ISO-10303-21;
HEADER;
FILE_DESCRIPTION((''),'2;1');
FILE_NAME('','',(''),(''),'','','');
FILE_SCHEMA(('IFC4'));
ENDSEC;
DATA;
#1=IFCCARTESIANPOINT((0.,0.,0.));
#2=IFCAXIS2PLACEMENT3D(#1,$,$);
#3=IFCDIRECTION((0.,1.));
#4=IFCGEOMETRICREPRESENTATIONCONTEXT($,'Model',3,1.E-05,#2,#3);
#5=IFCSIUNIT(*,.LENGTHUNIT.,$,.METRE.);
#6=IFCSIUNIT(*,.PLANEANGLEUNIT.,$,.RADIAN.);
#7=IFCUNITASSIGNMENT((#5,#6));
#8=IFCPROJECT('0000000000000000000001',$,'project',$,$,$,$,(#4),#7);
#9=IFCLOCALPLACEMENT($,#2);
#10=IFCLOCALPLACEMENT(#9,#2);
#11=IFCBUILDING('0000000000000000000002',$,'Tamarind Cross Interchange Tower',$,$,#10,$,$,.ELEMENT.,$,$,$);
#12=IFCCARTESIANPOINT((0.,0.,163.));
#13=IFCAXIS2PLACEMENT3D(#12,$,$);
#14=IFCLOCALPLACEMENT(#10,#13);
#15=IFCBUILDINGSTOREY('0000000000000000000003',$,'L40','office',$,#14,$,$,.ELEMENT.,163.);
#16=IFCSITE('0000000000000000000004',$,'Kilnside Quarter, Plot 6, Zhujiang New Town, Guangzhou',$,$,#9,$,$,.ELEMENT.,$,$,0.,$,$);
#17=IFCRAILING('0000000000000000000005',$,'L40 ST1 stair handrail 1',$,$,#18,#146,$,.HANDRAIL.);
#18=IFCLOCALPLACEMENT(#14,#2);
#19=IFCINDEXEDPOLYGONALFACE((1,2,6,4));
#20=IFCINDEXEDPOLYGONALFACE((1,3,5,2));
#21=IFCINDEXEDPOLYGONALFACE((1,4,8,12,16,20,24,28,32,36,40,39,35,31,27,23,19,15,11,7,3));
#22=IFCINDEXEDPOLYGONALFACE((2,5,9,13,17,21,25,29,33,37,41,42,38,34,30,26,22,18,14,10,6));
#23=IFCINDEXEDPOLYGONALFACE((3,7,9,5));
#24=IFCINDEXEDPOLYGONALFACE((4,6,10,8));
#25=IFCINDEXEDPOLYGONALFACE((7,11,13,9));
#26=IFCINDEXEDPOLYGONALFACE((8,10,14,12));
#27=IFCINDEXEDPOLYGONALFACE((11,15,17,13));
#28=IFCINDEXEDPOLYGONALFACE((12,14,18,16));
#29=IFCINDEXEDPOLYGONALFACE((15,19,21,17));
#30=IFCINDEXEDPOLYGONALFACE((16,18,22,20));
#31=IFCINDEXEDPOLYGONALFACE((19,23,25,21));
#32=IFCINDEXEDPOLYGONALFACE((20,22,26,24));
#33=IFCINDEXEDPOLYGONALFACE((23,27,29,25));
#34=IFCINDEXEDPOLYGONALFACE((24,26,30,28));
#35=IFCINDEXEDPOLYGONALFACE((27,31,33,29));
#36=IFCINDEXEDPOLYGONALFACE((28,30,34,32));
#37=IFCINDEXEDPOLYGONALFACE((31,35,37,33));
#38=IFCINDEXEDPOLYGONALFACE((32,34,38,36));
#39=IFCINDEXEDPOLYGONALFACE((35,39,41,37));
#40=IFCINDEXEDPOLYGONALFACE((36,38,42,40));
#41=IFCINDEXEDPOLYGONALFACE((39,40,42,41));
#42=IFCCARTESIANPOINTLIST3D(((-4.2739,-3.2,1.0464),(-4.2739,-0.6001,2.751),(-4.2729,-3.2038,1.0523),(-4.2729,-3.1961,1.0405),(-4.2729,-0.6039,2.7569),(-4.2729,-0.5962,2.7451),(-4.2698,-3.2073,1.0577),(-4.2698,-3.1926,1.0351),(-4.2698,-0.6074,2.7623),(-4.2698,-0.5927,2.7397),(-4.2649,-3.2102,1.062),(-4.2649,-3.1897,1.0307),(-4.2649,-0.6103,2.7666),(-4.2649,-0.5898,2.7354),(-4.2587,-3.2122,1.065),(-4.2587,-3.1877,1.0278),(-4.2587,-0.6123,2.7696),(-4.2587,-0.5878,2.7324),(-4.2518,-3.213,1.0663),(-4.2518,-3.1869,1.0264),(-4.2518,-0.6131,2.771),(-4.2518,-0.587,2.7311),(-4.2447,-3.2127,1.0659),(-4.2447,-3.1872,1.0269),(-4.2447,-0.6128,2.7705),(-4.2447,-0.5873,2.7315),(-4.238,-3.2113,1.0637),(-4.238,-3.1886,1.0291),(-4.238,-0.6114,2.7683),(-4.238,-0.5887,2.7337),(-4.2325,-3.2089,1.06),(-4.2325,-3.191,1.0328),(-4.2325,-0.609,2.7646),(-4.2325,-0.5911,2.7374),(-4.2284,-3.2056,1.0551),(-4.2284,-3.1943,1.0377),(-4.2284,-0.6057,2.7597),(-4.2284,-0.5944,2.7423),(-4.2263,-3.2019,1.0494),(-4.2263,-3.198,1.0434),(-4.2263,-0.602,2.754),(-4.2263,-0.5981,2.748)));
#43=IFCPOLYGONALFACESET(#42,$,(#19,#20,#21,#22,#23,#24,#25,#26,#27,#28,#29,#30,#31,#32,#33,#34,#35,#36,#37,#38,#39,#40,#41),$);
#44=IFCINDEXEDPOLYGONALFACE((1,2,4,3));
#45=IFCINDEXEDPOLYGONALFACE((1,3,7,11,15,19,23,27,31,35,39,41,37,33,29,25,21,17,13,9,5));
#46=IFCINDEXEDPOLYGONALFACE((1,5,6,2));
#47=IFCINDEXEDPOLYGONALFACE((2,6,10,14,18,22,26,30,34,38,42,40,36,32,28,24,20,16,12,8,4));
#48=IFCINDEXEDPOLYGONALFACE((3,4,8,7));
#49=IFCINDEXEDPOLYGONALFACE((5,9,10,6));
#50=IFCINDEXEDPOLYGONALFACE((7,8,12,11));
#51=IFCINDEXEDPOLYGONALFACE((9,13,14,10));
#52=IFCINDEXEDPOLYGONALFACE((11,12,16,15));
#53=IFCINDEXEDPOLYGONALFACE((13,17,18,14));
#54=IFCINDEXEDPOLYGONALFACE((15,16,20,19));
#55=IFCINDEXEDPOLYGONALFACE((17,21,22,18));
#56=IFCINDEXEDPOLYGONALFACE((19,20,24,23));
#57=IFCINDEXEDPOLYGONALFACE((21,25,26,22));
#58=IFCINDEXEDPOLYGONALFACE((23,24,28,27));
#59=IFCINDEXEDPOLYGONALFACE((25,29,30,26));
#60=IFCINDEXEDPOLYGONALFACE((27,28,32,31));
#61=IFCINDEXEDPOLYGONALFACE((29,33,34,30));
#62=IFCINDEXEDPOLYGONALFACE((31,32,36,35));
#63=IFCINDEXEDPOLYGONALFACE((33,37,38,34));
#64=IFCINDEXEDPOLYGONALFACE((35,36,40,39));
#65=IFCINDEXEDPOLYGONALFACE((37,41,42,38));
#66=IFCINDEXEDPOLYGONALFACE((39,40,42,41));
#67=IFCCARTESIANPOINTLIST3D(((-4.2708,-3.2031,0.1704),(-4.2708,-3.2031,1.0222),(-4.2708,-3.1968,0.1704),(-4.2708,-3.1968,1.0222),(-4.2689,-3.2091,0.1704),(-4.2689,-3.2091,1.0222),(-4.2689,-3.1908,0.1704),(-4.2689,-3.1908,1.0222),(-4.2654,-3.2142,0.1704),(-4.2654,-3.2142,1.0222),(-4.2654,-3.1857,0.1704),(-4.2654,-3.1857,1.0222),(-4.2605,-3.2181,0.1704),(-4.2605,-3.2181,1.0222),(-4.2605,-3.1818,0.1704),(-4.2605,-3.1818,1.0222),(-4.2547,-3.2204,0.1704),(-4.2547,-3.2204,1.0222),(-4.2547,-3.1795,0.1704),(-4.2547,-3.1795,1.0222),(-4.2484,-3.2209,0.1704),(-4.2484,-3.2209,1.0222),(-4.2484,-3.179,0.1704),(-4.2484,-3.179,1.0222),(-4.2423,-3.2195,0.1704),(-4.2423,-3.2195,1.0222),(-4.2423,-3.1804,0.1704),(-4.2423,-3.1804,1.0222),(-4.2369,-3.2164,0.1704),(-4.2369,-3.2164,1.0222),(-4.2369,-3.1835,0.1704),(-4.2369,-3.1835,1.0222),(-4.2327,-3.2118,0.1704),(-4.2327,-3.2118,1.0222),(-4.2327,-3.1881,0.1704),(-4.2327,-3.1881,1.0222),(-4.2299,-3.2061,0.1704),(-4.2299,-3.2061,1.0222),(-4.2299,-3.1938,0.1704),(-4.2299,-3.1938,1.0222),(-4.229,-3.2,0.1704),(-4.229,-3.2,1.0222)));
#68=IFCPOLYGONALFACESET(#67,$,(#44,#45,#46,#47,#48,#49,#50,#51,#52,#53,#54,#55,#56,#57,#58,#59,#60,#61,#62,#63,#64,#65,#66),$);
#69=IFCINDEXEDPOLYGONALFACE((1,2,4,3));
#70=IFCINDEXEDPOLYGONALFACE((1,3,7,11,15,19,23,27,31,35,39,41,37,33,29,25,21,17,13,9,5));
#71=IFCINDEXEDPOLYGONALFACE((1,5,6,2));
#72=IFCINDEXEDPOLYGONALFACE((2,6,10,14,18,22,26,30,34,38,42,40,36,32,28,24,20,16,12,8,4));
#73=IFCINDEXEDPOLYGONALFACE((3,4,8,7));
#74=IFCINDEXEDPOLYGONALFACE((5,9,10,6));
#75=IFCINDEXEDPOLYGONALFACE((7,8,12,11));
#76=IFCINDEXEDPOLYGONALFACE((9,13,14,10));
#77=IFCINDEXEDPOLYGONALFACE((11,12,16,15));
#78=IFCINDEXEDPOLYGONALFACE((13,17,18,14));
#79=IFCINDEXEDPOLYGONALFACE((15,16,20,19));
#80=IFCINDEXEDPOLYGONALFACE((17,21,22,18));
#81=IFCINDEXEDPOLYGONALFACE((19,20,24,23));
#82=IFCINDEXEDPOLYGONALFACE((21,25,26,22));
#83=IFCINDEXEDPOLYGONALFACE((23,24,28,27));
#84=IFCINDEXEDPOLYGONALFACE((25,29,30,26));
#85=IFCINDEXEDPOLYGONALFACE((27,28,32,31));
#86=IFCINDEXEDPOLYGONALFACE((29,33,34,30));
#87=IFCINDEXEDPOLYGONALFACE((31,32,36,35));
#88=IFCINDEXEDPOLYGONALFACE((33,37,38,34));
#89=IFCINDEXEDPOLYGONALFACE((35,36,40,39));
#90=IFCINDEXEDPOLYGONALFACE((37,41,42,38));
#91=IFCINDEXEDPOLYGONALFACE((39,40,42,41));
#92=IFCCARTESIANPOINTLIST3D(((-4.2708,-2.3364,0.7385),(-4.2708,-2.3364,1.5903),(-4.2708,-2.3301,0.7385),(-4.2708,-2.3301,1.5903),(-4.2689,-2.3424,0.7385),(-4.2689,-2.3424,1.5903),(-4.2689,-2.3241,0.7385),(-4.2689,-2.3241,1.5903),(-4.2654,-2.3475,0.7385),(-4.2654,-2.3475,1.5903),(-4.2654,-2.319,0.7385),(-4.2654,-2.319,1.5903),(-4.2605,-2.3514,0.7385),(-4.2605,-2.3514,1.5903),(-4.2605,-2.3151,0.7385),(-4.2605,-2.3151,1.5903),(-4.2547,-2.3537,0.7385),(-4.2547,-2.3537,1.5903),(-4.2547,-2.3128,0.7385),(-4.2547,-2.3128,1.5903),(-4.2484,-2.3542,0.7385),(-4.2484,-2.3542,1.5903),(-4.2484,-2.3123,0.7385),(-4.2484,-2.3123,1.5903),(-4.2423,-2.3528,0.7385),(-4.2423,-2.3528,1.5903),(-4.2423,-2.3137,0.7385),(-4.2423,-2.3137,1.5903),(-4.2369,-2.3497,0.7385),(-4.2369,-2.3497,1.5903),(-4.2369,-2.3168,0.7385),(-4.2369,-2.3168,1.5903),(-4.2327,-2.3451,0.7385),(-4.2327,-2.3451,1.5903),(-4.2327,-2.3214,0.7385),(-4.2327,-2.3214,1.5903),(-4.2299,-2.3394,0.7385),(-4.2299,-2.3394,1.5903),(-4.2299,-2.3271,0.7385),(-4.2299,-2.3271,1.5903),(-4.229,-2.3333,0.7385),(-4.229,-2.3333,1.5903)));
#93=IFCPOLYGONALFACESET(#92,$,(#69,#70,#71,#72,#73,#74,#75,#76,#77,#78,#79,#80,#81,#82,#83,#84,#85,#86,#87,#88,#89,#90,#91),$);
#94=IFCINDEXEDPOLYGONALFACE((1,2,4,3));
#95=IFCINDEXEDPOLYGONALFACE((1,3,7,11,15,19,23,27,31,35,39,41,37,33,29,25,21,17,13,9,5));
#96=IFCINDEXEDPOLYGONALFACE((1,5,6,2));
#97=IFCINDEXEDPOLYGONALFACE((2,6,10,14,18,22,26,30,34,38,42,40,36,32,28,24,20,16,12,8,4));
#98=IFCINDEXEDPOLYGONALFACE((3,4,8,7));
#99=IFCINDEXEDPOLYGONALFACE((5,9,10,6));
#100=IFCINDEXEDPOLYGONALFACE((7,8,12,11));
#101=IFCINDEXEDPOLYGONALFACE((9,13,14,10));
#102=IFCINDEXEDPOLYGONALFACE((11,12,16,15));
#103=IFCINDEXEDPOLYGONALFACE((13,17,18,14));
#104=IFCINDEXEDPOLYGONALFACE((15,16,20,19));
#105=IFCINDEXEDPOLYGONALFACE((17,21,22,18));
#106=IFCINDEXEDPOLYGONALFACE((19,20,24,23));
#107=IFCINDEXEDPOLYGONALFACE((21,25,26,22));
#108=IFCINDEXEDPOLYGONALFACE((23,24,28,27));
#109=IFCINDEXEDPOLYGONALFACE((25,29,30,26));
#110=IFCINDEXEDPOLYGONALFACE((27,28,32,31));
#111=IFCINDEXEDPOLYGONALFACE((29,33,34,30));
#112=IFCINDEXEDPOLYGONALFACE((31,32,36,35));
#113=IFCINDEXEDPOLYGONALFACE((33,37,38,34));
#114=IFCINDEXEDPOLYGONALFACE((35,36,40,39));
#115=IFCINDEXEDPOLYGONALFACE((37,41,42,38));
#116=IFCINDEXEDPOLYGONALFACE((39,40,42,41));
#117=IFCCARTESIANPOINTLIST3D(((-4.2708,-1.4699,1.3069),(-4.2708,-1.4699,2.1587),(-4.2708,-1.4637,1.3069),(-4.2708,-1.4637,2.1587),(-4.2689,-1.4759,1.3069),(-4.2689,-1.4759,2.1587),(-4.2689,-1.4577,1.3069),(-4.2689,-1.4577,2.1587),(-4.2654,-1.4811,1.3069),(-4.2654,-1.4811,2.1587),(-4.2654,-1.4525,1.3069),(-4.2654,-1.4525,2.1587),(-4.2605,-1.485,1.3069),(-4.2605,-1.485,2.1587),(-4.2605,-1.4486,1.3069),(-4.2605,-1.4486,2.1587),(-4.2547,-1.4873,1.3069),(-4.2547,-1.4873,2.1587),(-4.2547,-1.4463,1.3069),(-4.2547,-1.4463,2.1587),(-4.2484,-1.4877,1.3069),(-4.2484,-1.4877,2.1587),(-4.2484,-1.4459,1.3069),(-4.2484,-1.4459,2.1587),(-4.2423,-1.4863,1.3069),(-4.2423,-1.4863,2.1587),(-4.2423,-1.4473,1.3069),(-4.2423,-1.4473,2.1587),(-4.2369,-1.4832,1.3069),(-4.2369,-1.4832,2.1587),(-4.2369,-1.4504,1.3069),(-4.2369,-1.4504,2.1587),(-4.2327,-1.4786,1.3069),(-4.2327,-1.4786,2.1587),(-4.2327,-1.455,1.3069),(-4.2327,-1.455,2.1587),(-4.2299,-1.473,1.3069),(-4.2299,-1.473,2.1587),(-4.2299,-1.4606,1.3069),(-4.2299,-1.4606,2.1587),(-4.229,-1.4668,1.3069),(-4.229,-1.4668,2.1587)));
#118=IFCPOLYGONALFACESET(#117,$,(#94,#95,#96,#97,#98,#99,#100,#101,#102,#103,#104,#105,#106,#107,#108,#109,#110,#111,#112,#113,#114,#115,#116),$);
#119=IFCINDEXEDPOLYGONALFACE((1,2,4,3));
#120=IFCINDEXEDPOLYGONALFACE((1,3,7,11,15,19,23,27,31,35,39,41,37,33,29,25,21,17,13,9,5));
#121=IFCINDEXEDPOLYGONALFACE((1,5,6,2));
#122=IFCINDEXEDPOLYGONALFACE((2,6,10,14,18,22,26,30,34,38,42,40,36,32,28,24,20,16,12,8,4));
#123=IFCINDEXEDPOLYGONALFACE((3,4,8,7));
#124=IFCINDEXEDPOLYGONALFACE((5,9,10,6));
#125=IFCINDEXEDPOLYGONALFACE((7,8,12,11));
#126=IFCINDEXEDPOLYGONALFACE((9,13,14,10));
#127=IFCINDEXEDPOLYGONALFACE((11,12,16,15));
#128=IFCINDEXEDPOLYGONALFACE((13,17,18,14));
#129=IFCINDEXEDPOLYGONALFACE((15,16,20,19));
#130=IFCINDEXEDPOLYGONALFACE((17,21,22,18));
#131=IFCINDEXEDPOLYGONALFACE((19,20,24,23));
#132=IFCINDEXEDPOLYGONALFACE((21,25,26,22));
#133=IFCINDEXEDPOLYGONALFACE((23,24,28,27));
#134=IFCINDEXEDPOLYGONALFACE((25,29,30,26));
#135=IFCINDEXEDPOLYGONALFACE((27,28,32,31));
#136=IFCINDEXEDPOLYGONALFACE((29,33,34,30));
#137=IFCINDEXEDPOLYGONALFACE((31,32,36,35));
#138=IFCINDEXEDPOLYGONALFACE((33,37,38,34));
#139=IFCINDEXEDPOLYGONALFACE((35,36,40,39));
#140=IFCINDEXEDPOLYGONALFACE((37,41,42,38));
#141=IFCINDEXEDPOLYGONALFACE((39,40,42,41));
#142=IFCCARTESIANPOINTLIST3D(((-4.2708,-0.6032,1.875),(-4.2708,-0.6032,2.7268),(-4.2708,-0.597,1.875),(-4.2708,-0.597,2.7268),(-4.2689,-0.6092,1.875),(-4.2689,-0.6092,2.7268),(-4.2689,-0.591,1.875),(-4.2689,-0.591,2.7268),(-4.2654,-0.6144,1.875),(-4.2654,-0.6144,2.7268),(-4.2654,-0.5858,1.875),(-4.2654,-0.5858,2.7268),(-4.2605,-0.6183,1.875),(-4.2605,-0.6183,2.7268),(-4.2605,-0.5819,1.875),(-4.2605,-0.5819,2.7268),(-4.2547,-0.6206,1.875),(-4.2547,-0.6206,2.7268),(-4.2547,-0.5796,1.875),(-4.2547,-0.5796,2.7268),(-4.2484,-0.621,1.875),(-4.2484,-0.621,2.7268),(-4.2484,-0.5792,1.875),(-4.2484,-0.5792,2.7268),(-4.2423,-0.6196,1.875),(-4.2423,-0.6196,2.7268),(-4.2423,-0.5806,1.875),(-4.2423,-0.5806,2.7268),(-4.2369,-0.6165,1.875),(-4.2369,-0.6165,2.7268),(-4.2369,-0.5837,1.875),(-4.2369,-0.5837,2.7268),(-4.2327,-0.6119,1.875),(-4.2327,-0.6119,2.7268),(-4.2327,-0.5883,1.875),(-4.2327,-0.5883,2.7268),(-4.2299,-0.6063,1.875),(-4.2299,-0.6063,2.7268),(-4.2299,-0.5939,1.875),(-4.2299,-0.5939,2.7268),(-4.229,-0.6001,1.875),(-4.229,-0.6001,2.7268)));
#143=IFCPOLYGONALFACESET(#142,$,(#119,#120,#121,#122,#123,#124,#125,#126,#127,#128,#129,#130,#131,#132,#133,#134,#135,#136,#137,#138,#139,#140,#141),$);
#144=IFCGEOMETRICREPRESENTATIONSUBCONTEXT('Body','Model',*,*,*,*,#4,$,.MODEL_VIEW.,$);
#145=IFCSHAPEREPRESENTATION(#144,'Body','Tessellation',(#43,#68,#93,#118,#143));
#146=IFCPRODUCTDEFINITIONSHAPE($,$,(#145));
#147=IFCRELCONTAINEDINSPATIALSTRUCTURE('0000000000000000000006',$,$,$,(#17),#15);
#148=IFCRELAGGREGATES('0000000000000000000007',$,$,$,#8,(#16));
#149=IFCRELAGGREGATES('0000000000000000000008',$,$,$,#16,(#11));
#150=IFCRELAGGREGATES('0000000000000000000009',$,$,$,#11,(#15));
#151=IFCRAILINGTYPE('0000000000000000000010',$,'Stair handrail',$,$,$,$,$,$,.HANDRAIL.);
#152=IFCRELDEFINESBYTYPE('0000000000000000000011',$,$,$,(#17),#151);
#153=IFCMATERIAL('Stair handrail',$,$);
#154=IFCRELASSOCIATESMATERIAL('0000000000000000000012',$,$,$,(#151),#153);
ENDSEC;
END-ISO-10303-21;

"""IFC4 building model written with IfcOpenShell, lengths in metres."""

from ifc_helpers import new_model, si_unit, direction, frame, origin, origin_2d, place, context, subcontext, project, spatial, circle, extrude, material, type_object, element, save


model = new_model("IFC4")

# Units and contexts
model_context = context("Model", 3, precision=1e-05, world=origin(), true_north=direction((0.0, 1.0)))
body_context = subcontext(model_context, "Body", "Model", "MODEL_VIEW")
ifc_project = project(units=[si_unit("LENGTHUNIT", "METRE"), si_unit("PLANEANGLEUNIT", "RADIAN")], contexts=[model_context])

# Site, building, storey
site_placement = place(None, origin())
site = spatial("IfcSite", under=ifc_project, at=site_placement, Name="Kilnside Quarter, Plot 6, Zhujiang New Town, Guangzhou", CompositionType="ELEMENT", RefElevation=0.0)
building_placement = place(site_placement, origin())
building = spatial("IfcBuilding", under=site, at=building_placement, Name="Tamarind Cross Interchange Tower", CompositionType="ELEMENT")
storey_placement = place(building_placement, frame((0.0, 0.0, 163.0)))
storey = spatial("IfcBuildingStorey", under=building, at=storey_placement, Name="L40", Description="office", CompositionType="ELEMENT", Elevation=163.0)

# Railing
ifc_material_1 = material(Name="Stair handrail")
railing_type_1 = type_object("IfcRailingType", Name="Stair handrail", PredefinedType="HANDRAIL", material=ifc_material_1)
railing_1_placement = place(storey_placement, frame((-4.25, -3.2, 0.1704)))
element("IfcRailing", 1, at=railing_1_placement, inside=storey, type_object=railing_type_1, Name="L40 ST1 stair handrail 1", PredefinedType="HANDRAIL", context=body_context, shape_type="SweptSolid", body=[
    extrude(circle(Radius=0.0239, at=origin_2d()), frame((0.0, 0.0, 0.876), z_axis=(0.0, 0.836279, 0.548305), x_axis=(-1.0, 0.0, 0.0)), (0.0, 0.0, 1.0), 3.1089),
    extrude(circle(Radius=0.021, at=origin_2d()), origin(), (0.0, 0.0, 1.0), 0.8518),
    extrude(circle(Radius=0.021, at=origin_2d()), frame((0.0, 0.8667, 0.5681)), (0.0, 0.0, 1.0), 0.8518),
    extrude(circle(Radius=0.021, at=origin_2d()), frame((0.0, 1.7332, 1.1365)), (0.0, 0.0, 1.0), 0.8518),
    extrude(circle(Radius=0.021, at=origin_2d()), frame((0.0, 2.5999, 1.7046)), (0.0, 0.0, 1.0), 0.8518),
])

save(model, "model.ifc")
